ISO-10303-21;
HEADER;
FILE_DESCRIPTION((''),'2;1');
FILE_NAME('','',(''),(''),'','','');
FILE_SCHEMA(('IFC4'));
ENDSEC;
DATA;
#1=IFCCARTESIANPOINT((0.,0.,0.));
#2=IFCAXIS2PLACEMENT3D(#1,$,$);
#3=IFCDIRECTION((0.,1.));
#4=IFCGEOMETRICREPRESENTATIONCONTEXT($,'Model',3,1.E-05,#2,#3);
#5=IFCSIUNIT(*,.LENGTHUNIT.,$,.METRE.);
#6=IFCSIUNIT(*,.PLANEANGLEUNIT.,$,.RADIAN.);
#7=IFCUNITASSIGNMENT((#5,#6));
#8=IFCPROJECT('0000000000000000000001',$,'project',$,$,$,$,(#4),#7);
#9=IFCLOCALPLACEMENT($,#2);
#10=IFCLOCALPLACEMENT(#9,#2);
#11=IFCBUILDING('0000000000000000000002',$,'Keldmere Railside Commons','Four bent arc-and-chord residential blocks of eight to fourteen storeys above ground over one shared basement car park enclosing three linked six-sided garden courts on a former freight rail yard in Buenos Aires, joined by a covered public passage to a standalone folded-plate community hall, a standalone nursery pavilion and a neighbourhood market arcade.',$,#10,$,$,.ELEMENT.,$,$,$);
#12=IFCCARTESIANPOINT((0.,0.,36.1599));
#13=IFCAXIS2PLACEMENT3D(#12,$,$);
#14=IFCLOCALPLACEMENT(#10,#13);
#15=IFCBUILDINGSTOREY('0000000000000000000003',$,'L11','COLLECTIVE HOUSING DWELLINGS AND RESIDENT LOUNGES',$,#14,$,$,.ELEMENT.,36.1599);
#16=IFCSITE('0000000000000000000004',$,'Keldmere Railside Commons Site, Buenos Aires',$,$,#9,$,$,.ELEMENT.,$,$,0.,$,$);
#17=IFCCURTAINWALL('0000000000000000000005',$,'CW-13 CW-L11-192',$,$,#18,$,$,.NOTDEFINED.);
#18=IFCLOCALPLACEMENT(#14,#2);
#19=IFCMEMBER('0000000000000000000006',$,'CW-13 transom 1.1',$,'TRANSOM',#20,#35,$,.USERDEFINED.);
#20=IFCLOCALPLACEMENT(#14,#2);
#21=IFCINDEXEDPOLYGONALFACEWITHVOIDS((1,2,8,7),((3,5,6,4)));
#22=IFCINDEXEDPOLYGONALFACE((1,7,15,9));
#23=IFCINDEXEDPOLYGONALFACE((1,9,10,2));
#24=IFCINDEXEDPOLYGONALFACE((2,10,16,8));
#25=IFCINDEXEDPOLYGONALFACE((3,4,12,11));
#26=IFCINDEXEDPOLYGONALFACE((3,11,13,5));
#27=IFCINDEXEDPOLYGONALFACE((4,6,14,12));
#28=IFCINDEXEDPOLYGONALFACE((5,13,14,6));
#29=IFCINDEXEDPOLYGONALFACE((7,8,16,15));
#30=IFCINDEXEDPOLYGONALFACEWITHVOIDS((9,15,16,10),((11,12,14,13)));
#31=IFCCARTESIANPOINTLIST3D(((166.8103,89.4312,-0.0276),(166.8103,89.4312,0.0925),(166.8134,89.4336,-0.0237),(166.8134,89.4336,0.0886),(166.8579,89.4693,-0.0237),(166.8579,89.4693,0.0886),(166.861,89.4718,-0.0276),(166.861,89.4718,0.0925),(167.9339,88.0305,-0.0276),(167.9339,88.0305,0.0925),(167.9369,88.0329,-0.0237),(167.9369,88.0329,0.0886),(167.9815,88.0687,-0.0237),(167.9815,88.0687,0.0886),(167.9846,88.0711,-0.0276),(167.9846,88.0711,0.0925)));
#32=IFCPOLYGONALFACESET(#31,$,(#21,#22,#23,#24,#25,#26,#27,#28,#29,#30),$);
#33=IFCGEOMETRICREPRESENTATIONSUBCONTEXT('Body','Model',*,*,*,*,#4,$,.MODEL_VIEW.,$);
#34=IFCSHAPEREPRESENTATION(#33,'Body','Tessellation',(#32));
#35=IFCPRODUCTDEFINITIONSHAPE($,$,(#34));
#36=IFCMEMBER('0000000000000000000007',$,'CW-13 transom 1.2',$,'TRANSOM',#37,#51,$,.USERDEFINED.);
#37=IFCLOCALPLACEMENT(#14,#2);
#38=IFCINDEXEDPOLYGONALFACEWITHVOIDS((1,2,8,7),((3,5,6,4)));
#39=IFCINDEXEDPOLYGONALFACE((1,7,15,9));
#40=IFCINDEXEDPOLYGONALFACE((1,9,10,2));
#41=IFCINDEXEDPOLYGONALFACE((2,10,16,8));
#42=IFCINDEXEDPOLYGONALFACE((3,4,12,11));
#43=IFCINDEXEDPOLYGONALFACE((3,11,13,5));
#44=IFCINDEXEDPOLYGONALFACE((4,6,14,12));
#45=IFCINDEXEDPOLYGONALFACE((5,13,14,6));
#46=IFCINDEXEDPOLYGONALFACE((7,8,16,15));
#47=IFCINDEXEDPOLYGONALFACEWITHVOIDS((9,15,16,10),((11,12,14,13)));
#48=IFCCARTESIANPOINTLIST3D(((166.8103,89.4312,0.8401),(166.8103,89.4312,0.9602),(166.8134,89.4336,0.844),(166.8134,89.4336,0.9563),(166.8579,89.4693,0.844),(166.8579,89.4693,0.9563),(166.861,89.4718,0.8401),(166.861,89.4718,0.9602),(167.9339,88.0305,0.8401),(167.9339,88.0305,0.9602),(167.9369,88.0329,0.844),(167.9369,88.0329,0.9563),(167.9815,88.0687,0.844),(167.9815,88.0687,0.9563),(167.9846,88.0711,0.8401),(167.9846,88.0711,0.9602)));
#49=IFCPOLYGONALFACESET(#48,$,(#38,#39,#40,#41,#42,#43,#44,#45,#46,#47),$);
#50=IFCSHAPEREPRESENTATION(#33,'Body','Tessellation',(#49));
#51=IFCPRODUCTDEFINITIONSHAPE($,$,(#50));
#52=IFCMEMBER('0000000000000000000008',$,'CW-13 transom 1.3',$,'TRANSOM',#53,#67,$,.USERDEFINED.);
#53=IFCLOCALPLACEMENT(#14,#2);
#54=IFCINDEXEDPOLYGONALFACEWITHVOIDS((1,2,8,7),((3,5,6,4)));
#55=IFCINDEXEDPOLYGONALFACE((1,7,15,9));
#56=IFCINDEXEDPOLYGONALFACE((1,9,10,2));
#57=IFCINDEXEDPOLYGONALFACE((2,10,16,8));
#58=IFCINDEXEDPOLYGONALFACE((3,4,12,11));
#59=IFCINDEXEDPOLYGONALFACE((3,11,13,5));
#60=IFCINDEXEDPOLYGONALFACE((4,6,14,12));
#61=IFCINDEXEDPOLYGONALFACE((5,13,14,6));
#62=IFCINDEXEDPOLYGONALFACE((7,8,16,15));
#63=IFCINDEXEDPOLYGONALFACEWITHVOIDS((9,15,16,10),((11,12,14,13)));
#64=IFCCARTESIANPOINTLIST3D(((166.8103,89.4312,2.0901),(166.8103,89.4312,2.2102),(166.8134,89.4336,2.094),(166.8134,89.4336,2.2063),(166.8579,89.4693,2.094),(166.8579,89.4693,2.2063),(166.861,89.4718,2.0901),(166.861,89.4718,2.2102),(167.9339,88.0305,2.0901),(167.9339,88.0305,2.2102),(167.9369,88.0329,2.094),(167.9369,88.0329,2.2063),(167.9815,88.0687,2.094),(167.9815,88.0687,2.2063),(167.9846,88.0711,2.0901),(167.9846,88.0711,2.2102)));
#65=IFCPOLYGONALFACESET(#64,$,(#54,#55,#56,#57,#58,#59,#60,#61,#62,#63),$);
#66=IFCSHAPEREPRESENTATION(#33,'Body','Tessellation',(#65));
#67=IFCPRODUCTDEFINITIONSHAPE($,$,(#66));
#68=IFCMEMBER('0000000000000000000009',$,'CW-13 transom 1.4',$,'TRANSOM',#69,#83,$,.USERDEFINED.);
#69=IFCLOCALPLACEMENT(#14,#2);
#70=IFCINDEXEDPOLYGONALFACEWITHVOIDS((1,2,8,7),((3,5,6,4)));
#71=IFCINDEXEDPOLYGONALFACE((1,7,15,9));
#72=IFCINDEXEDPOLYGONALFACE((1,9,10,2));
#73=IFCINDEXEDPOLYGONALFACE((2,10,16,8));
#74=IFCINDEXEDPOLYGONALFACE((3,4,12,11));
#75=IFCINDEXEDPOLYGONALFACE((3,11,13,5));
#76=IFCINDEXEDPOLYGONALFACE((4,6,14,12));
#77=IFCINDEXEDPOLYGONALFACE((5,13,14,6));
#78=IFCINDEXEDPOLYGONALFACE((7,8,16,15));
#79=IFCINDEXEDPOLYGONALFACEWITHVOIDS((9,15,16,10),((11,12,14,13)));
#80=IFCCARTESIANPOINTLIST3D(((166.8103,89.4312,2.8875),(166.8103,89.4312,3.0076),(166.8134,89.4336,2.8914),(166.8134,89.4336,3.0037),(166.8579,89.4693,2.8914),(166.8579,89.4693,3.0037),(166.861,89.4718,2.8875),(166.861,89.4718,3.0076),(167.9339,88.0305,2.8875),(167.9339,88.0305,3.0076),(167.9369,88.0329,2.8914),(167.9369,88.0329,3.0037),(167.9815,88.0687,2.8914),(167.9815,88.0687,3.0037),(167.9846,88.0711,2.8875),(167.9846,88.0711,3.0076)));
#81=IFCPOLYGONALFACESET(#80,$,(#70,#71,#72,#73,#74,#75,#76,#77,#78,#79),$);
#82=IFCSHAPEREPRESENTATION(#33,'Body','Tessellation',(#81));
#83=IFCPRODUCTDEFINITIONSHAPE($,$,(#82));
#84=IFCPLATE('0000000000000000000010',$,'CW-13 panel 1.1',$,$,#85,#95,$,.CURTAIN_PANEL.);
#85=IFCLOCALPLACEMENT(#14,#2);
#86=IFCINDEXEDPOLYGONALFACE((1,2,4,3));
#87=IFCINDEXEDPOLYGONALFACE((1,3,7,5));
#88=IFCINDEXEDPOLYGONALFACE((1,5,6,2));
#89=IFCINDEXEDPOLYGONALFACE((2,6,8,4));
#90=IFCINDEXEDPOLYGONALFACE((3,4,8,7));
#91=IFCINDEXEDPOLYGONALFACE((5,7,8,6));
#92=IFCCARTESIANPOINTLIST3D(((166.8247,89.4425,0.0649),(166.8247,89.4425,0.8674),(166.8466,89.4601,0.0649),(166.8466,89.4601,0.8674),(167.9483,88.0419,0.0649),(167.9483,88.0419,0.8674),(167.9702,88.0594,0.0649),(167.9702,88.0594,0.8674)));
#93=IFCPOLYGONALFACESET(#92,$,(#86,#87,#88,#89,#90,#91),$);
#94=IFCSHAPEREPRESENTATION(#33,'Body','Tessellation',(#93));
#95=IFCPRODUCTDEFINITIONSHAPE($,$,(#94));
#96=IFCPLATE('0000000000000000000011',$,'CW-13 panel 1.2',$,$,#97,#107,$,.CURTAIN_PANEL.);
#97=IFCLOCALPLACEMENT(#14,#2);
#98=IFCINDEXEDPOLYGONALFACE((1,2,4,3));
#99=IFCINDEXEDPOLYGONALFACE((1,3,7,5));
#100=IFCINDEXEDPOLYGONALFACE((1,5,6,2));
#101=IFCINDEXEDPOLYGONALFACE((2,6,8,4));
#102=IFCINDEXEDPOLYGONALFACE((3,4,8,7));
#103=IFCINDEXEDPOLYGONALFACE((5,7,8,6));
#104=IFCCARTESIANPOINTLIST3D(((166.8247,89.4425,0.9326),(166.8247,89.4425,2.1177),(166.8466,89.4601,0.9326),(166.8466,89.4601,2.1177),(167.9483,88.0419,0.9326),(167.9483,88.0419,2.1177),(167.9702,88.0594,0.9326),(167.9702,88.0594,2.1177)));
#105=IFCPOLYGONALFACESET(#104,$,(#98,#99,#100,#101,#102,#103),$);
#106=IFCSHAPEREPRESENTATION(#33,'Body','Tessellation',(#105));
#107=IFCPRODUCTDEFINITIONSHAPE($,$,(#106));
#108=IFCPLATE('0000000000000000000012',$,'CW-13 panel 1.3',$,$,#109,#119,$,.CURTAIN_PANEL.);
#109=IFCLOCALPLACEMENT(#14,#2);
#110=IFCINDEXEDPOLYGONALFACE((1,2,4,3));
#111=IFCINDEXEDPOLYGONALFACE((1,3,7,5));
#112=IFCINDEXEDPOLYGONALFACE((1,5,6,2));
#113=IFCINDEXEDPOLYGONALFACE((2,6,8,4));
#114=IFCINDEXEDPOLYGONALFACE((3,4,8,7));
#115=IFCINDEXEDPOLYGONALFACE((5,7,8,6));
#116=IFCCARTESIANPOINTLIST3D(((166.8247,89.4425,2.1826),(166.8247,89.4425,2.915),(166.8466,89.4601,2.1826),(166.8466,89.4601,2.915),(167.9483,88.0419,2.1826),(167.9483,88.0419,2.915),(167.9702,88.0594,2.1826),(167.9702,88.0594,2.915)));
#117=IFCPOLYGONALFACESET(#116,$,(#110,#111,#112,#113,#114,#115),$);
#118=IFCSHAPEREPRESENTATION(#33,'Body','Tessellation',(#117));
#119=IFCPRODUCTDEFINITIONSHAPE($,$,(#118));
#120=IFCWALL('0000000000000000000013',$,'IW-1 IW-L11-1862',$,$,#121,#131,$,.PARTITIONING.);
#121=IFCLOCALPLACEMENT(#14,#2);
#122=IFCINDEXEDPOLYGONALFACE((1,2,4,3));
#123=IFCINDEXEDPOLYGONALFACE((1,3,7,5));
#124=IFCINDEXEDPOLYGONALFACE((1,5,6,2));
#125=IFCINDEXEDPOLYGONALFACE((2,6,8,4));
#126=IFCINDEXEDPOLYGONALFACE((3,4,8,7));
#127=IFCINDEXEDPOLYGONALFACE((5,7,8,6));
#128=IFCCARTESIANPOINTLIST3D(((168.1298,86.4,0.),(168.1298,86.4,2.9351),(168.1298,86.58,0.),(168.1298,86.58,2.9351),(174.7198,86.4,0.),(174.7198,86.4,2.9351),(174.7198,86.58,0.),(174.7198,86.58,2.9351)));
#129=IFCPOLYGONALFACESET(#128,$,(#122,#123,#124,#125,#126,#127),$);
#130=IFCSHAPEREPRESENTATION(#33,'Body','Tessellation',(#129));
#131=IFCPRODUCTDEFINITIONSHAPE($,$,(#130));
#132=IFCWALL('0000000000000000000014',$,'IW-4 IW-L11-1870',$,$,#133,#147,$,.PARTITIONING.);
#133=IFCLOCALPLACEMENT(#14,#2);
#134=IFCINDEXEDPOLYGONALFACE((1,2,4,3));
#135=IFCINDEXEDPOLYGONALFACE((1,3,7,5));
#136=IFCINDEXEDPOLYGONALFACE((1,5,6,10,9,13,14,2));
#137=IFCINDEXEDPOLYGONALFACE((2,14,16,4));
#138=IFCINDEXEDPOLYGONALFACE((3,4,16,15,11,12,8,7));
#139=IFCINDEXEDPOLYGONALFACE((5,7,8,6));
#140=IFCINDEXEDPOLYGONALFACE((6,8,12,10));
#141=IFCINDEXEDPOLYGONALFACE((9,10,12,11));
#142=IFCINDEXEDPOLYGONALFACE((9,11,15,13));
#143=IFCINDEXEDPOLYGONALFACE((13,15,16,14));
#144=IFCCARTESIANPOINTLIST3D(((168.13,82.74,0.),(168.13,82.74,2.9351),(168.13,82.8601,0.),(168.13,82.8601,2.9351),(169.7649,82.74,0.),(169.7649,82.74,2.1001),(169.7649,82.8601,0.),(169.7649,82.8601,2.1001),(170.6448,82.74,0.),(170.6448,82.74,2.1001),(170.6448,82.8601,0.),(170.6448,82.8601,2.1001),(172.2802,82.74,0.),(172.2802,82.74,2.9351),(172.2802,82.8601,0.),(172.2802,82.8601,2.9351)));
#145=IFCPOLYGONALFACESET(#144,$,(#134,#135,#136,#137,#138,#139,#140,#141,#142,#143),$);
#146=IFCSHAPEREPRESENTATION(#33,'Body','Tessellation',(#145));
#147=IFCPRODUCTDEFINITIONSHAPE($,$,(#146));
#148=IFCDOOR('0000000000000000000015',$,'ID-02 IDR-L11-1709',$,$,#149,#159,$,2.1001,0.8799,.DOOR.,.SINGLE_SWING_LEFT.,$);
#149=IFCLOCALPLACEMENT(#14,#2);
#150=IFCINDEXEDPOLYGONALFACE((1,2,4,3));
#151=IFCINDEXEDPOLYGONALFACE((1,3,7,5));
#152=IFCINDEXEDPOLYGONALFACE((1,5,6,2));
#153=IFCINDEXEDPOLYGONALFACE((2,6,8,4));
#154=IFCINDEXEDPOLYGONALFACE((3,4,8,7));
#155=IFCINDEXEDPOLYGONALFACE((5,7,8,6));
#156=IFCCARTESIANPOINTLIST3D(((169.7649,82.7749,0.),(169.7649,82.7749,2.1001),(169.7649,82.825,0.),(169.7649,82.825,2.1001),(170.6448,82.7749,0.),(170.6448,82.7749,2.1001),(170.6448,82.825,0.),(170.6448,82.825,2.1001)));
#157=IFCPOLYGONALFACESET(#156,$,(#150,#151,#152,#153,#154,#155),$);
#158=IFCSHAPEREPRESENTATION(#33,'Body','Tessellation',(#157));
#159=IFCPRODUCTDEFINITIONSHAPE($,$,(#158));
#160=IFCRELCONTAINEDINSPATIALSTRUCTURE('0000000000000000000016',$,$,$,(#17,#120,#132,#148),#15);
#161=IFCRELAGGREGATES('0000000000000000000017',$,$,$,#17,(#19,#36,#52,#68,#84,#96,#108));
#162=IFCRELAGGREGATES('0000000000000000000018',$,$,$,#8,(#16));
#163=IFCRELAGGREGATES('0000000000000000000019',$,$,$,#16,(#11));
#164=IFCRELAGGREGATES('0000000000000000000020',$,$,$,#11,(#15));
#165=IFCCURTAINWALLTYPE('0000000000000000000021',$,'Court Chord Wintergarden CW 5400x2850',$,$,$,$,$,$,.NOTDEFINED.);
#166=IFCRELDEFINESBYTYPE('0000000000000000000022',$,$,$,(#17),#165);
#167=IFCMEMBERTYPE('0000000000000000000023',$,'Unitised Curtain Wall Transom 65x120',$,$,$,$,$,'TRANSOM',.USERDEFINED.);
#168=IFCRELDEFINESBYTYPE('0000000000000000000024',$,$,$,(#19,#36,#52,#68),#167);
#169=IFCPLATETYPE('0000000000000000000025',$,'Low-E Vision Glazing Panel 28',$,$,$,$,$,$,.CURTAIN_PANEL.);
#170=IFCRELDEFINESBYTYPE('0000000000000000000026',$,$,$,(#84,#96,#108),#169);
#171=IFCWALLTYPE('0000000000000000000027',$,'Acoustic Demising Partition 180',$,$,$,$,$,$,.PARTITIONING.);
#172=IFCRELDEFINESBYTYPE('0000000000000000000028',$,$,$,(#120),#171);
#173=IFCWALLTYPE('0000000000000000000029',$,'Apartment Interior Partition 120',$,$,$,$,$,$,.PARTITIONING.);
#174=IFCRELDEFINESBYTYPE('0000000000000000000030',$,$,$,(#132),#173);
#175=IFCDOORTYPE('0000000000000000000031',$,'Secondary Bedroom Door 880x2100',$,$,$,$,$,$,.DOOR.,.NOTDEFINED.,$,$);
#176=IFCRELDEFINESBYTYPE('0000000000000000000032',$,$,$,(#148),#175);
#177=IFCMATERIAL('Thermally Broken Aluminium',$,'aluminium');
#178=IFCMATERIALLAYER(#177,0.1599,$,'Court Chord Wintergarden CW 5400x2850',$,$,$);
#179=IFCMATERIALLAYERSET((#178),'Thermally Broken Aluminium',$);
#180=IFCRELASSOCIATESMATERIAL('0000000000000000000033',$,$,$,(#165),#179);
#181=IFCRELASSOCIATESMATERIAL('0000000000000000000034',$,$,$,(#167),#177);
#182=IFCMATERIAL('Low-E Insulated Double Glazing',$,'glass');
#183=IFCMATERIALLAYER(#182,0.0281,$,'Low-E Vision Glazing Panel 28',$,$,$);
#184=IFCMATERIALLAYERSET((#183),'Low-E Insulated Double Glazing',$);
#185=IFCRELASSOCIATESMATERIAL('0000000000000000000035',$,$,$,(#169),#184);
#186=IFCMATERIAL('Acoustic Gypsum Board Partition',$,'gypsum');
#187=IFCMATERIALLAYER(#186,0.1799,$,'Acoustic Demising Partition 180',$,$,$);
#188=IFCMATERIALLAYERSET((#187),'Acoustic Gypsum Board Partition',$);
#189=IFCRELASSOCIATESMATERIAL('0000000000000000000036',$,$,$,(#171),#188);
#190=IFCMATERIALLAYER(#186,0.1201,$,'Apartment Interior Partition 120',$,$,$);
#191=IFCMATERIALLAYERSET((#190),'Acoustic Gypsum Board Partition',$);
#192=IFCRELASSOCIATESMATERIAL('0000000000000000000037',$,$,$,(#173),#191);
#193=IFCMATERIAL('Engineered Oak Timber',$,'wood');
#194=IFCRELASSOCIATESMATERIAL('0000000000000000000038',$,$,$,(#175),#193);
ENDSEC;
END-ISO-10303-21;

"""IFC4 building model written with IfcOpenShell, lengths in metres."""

from ifc_helpers import new_model, si_unit, direction, frame, frame_2d, origin, origin_2d, place, context, subcontext, project, spatial, rectangle, hollow_rectangle, extrude, material, layer, layer_set, material_profile, profile_set, type_object, element, fill, aggregate, save


model = new_model("IFC4")

# Units and contexts
model_context = context("Model", 3, precision=1e-05, world=origin(), true_north=direction((0.0, 1.0)))
body_context = subcontext(model_context, "Body", "Model", "MODEL_VIEW")
ifc_project = project(units=[si_unit("LENGTHUNIT", "METRE"), si_unit("PLANEANGLEUNIT", "RADIAN")], contexts=[model_context])

# Site, building, storey
site_placement = place(None, origin())
site = spatial("IfcSite", under=ifc_project, at=site_placement, Name="Keldmere Railside Commons Site, Buenos Aires", CompositionType="ELEMENT", RefElevation=0.0)
building_placement = place(site_placement, origin())
building = spatial("IfcBuilding", under=site, at=building_placement, Name="Keldmere Railside Commons", Description="Four bent arc-and-chord residential blocks of eight to fourteen storeys above ground over one shared basement car park enclosing three linked six-sided garden courts on a former freight rail yard in Buenos Aires, joined by a covered public passage to a standalone folded-plate community hall, a standalone nursery pavilion and a neighbourhood market arcade.", CompositionType="ELEMENT")
storey_placement = place(building_placement, frame((0.0, 0.0, 36.1599)))
storey = spatial("IfcBuildingStorey", under=building, at=storey_placement, Name="L11", Description="COLLECTIVE HOUSING DWELLINGS AND RESIDENT LOUNGES", CompositionType="ELEMENT", Elevation=36.1599)

# Curtain wall, members, plates
ifc_material_1 = material(Name="Thermally Broken Aluminium", Category="aluminium")
ifc_layer_1 = layer(ifc_material_1, 0.1599, Name="Court Chord Wintergarden CW 5400x2850")
ifc_layer_set_1 = layer_set([ifc_layer_1], Name="Thermally Broken Aluminium")
curtain_wall_type = type_object("IfcCurtainWallType", Name="Court Chord Wintergarden CW 5400x2850", PredefinedType="NOTDEFINED", material=ifc_layer_set_1)
curtain_wall_placement = place(storey_placement, origin())
curtain_wall = element("IfcCurtainWall", 1, at=curtain_wall_placement, inside=storey, type_object=curtain_wall_type, Name="CW-13 CW-L11-192", PredefinedType="NOTDEFINED")
ifc_material_profile_1 = material_profile(ifc_material_1, hollow_rectangle(XDim=0.0649, YDim=0.1201, WallThickness=0.0039, at=origin_2d()), Name="ALU-TRAN-65x120")
ifc_profile_set_1 = profile_set([ifc_material_profile_1], Name="Thermally Broken Aluminium")
member_type_1 = type_object("IfcMemberType", Name="Unitised Curtain Wall Transom 65x120", ElementType="TRANSOM", PredefinedType="USERDEFINED", material=ifc_profile_set_1)
member_1_placement = place(storey_placement, frame((167.9592, 88.0508, 0.0325), z_axis=(-0.625723, 0.780046, 0.0), x_axis=(-0.780046, -0.625723, 0.0)))
member_1 = element("IfcMember", 2, at=member_1_placement, type_object=member_type_1, Name="CW-13 transom 1.1", ObjectType="TRANSOM", PredefinedType="USERDEFINED", context=body_context, shape_type="SweptSolid", body=[
    extrude(hollow_rectangle(XDim=0.0649, YDim=0.1201, WallThickness=0.0039, at=origin_2d()), origin(), (0.0, 0.0, 1.0), 1.7957),
])
member_2_placement = place(storey_placement, frame((167.9592, 88.0508, 0.9001), z_axis=(-0.625723, 0.780046, 0.0), x_axis=(-0.780046, -0.625723, 0.0)))
member_2 = element("IfcMember", 3, at=member_2_placement, type_object=member_type_1, Name="CW-13 transom 1.2", ObjectType="TRANSOM", PredefinedType="USERDEFINED", context=body_context, shape_type="SweptSolid", body=[
    extrude(hollow_rectangle(XDim=0.0649, YDim=0.1201, WallThickness=0.0039, at=origin_2d()), origin(), (0.0, 0.0, 1.0), 1.7957),
])
member_3_placement = place(storey_placement, frame((167.9592, 88.0508, 2.1501), z_axis=(-0.625723, 0.780046, 0.0), x_axis=(-0.780046, -0.625723, 0.0)))
member_3 = element("IfcMember", 4, at=member_3_placement, type_object=member_type_1, Name="CW-13 transom 1.3", ObjectType="TRANSOM", PredefinedType="USERDEFINED", context=body_context, shape_type="SweptSolid", body=[
    extrude(hollow_rectangle(XDim=0.0649, YDim=0.1201, WallThickness=0.0039, at=origin_2d()), origin(), (0.0, 0.0, 1.0), 1.7957),
])
member_4_placement = place(storey_placement, frame((167.9592, 88.0508, 2.9475), z_axis=(-0.625723, 0.780046, 0.0), x_axis=(-0.780046, -0.625723, 0.0)))
member_4 = element("IfcMember", 5, at=member_4_placement, type_object=member_type_1, Name="CW-13 transom 1.4", ObjectType="TRANSOM", PredefinedType="USERDEFINED", context=body_context, shape_type="SweptSolid", body=[
    extrude(hollow_rectangle(XDim=0.0649, YDim=0.1201, WallThickness=0.0039, at=origin_2d()), origin(), (0.0, 0.0, 1.0), 1.7957),
])
ifc_material_2 = material(Name="Low-E Insulated Double Glazing", Category="glass")
ifc_layer_2 = layer(ifc_material_2, 0.0281, Name="Low-E Vision Glazing Panel 28")
ifc_layer_set_2 = layer_set([ifc_layer_2], Name="Low-E Insulated Double Glazing")
plate_type = type_object("IfcPlateType", Name="Low-E Vision Glazing Panel 28", PredefinedType="CURTAIN_PANEL", material=ifc_layer_set_2)
plate_1_placement = place(storey_placement, frame((167.3975, 88.751, 0.0649), z_axis=(0.0, 0.0, 1.0), x_axis=(-0.625768, 0.780009, 0.0)))
plate_1 = element("IfcPlate", 6, at=plate_1_placement, type_object=plate_type, Name="CW-13 panel 1.1", PredefinedType="CURTAIN_PANEL", context=body_context, shape_type="SweptSolid", body=[
    extrude(rectangle(XDim=1.7957, YDim=0.0281, at=origin_2d()), origin(), (0.0, 0.0, 1.0), 0.8025),
])
plate_2_placement = place(storey_placement, frame((167.3975, 88.751, 0.9326), z_axis=(0.0, 0.0, 1.0), x_axis=(-0.625768, 0.780009, 0.0)))
plate_2 = element("IfcPlate", 7, at=plate_2_placement, type_object=plate_type, Name="CW-13 panel 1.2", PredefinedType="CURTAIN_PANEL", context=body_context, shape_type="SweptSolid", body=[
    extrude(rectangle(XDim=1.7957, YDim=0.0281, at=origin_2d()), origin(), (0.0, 0.0, 1.0), 1.1851),
])
plate_3_placement = place(storey_placement, frame((167.3975, 88.751, 2.1826), z_axis=(0.0, 0.0, 1.0), x_axis=(-0.625768, 0.780009, 0.0)))
plate_3 = element("IfcPlate", 8, at=plate_3_placement, type_object=plate_type, Name="CW-13 panel 1.3", PredefinedType="CURTAIN_PANEL", context=body_context, shape_type="SweptSolid", body=[
    extrude(rectangle(XDim=1.7957, YDim=0.0281, at=origin_2d()), origin(), (0.0, 0.0, 1.0), 0.7324),
])
aggregate(curtain_wall, [member_1, member_2, member_3, member_4, plate_1, plate_2, plate_3])

# Wall
ifc_material_3 = material(Name="Acoustic Gypsum Board Partition", Category="gypsum")
ifc_layer_3 = layer(ifc_material_3, 0.1799, Name="Acoustic Demising Partition 180")
ifc_layer_set_3 = layer_set([ifc_layer_3], Name="Acoustic Gypsum Board Partition")
wall_type_1 = type_object("IfcWallType", Name="Acoustic Demising Partition 180", PredefinedType="PARTITIONING", material=ifc_layer_set_3)
wall_1_placement = place(storey_placement, frame((168.1299, 86.49, 0.0), z_axis=(0.0, 0.0, 1.0), x_axis=(1.0, 0.0, 0.0)))
element("IfcWall", 9, at=wall_1_placement, inside=storey, type_object=wall_type_1, Name="IW-1 IW-L11-1862", PredefinedType="PARTITIONING", context=body_context, shape_type="SweptSolid", body=[
    extrude(rectangle(XDim=6.5901, YDim=0.1799, at=frame_2d((3.2949, 0.0))), origin(), (0.0, 0.0, 1.0), 2.9351),
])

# Wall, opening, door
ifc_layer_4 = layer(ifc_material_3, 0.1201, Name="Apartment Interior Partition 120")
ifc_layer_set_4 = layer_set([ifc_layer_4], Name="Acoustic Gypsum Board Partition")
wall_type_2 = type_object("IfcWallType", Name="Apartment Interior Partition 120", PredefinedType="PARTITIONING", material=ifc_layer_set_4)
wall_2_placement = place(storey_placement, frame((168.1299, 82.8, 0.0), z_axis=(0.0, 0.0, 1.0), x_axis=(1.0, 0.0, 0.0)))
wall_2 = element("IfcWall", 10, at=wall_2_placement, inside=storey, type_object=wall_type_2, Name="IW-4 IW-L11-1870", PredefinedType="PARTITIONING", context=body_context, shape_type="SweptSolid", body=[
    extrude(rectangle(XDim=4.1501, YDim=0.1201, at=frame_2d((2.0752, 0.0))), origin(), (0.0, 0.0, 1.0), 2.9351),
])
opening_1_placement = place(wall_2_placement, frame((1.635, 0.0, 0.0)))
opening_1 = element("IfcOpeningElement", 11, at=opening_1_placement, cuts=wall_2, PredefinedType="OPENING", context=body_context, shape_type="SweptSolid", body=[
    extrude(rectangle(XDim=0.8799, YDim=2.1001, at=frame_2d((0.4399, 1.05))), frame((0.0, 0.0701, 0.0), z_axis=(0.0, -1.0, 0.0), x_axis=(1.0, 0.0, 0.0)), (0.0, 0.0, 1.0), 0.1401),
])
ifc_material_4 = material(Name="Engineered Oak Timber", Category="wood")
door_type_1 = type_object("IfcDoorType", Name="Secondary Bedroom Door 880x2100", OperationType="NOTDEFINED", PredefinedType="DOOR", material=ifc_material_4)
door_1_placement = place(opening_1_placement, origin())
door_1 = element("IfcDoor", 12, at=door_1_placement, inside=storey, type_object=door_type_1, Name="ID-02 IDR-L11-1709", OperationType="SINGLE_SWING_LEFT", OverallHeight=2.1001, OverallWidth=0.8799, PredefinedType="DOOR", context=body_context, shape_type="SweptSolid", body=[
    extrude(rectangle(XDim=0.8799, YDim=2.1001, at=frame_2d((0.4399, 1.05))), frame((0.0, 0.0249, 0.0), z_axis=(0.0, -1.0, 0.0), x_axis=(1.0, 0.0, 0.0)), (0.0, 0.0, 1.0), 0.05),
])
fill(opening_1, door_1)

save(model, "model.ifc")
